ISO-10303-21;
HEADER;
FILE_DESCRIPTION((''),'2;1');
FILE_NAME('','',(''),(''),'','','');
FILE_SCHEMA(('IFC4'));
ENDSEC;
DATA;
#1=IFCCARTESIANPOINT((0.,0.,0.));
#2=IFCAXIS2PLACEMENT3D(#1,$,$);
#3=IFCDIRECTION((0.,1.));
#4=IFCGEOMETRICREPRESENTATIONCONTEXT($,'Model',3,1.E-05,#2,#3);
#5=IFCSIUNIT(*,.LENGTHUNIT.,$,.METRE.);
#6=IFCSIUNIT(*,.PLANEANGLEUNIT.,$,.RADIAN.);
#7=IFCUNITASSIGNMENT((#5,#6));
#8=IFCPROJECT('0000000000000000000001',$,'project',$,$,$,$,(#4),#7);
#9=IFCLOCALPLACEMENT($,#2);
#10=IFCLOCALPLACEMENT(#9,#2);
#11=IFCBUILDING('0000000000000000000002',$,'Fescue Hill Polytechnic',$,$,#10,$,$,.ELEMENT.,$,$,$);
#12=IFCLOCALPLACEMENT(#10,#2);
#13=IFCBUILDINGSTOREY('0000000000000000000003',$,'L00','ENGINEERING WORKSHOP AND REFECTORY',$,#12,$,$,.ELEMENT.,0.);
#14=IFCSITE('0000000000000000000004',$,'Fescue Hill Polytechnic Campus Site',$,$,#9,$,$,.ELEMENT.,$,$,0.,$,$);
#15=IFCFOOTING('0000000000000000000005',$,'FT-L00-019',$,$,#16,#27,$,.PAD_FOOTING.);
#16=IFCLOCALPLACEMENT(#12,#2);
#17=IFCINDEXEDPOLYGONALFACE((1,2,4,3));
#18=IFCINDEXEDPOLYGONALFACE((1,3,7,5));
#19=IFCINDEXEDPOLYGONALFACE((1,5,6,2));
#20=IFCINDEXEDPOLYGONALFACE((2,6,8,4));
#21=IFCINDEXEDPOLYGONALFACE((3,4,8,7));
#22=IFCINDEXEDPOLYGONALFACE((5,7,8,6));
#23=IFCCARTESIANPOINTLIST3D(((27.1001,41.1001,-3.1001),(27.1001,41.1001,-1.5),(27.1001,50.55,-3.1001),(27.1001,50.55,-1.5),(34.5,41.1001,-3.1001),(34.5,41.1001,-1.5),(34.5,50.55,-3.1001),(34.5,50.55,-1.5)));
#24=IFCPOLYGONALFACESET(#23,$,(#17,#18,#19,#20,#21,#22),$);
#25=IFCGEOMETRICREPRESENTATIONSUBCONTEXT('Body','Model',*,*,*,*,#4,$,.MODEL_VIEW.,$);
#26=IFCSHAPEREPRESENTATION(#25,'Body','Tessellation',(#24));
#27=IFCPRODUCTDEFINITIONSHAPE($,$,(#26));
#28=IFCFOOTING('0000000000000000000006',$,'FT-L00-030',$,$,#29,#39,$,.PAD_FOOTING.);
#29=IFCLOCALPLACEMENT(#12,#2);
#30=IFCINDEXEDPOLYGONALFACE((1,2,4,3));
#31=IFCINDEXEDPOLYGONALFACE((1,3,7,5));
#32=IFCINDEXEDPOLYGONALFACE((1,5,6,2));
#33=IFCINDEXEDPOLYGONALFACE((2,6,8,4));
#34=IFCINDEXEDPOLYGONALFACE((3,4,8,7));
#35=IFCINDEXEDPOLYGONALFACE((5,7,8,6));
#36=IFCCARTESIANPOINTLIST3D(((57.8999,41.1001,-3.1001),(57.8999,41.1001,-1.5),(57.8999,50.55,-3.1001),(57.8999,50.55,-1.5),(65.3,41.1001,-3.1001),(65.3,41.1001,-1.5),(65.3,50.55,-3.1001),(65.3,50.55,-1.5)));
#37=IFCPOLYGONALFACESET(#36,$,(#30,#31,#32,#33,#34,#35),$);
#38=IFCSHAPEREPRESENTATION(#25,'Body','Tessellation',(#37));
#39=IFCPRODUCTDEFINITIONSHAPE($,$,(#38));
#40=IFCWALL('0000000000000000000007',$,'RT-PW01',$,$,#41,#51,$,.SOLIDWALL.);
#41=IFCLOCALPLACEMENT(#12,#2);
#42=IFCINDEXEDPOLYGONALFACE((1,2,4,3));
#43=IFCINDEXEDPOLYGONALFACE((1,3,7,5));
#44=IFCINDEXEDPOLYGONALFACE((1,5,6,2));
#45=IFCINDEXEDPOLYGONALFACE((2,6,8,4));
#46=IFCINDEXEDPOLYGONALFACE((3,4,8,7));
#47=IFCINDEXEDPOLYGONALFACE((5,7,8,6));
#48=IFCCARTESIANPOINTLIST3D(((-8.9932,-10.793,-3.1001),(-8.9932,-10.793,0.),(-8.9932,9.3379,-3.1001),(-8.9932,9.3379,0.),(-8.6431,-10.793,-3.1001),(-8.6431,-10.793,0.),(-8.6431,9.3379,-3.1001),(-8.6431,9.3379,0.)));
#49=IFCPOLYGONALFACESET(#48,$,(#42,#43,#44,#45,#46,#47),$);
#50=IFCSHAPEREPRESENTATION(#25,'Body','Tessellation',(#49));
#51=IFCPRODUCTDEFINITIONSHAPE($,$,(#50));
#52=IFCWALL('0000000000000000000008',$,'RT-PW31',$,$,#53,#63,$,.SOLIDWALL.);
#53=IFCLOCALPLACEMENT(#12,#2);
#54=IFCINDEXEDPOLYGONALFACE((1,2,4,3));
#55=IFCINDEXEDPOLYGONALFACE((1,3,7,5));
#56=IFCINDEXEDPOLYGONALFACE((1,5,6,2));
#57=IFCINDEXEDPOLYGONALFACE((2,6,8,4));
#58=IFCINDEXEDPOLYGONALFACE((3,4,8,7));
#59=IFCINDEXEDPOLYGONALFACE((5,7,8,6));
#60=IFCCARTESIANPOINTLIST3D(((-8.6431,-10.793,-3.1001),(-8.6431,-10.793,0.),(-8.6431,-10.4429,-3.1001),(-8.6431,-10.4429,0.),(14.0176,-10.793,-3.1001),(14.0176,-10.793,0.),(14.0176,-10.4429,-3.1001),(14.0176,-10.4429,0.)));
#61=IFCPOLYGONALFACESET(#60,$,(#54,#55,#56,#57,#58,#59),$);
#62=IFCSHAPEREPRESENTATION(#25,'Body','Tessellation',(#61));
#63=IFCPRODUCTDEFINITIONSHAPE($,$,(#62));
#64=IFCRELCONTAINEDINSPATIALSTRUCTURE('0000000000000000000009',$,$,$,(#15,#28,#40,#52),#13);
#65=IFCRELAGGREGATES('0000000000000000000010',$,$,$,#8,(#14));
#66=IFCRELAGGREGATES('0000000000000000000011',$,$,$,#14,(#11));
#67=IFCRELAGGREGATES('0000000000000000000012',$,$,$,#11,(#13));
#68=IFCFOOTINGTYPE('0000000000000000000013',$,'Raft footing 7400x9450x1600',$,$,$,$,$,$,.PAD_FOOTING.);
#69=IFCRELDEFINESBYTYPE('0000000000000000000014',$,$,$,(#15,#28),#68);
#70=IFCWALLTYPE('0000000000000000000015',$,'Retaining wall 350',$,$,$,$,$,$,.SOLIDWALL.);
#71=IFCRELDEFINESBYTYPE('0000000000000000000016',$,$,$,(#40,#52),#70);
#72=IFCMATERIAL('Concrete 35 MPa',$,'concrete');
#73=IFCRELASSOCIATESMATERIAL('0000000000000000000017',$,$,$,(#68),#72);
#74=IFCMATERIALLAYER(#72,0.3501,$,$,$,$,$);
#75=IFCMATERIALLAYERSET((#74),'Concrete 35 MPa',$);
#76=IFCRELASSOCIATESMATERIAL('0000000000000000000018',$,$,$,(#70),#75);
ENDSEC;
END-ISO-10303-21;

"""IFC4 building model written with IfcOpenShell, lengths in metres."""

from ifc_helpers import new_model, si_unit, direction, frame, frame_2d, origin, place, context, subcontext, project, spatial, polyline, rectangle, outline, extrude, material, layer, layer_set, type_object, element, save


model = new_model("IFC4")

# Units and contexts
model_context = context("Model", 3, precision=1e-05, world=origin(), true_north=direction((0.0, 1.0)))
body_context = subcontext(model_context, "Body", "Model", "MODEL_VIEW")
ifc_project = project(units=[si_unit("LENGTHUNIT", "METRE"), si_unit("PLANEANGLEUNIT", "RADIAN")], contexts=[model_context])

# Site, building, storey
site_placement = place(None, origin())
site = spatial("IfcSite", under=ifc_project, at=site_placement, Name="Fescue Hill Polytechnic Campus Site", CompositionType="ELEMENT", RefElevation=0.0)
building_placement = place(site_placement, origin())
building = spatial("IfcBuilding", under=site, at=building_placement, Name="Fescue Hill Polytechnic", CompositionType="ELEMENT")
storey_placement = place(building_placement, origin())
storey = spatial("IfcBuildingStorey", under=building, at=storey_placement, Name="L00", Description="ENGINEERING WORKSHOP AND REFECTORY", CompositionType="ELEMENT", Elevation=0.0)

# Footings
ifc_material = material(Name="Concrete 35 MPa", Category="concrete")
footing_type_1 = type_object("IfcFootingType", Name="Raft footing 7400x9450x1600", PredefinedType="PAD_FOOTING", material=ifc_material)
footing_1_placement = place(storey_placement, frame((0.0, 0.0, -3.1001)))
element("IfcFooting", 1, at=footing_1_placement, inside=storey, type_object=footing_type_1, Name="FT-L00-019", PredefinedType="PAD_FOOTING", context=body_context, shape_type="SweptSolid", body=[
    extrude(outline(polyline([(34.5, 41.1001), (27.1001, 41.1001), (27.1001, 50.55), (34.5, 50.55), (34.5, 41.1001)])), origin(), (0.0, 0.0, 1.0), 1.6001),
])
footing_2_placement = place(storey_placement, frame((0.0, 0.0, -3.1001)))
element("IfcFooting", 2, at=footing_2_placement, inside=storey, type_object=footing_type_1, Name="FT-L00-030", PredefinedType="PAD_FOOTING", context=body_context, shape_type="SweptSolid", body=[
    extrude(outline(polyline([(65.3, 41.1001), (57.8999, 41.1001), (57.8999, 50.55), (65.3, 50.55), (65.3, 41.1001)])), origin(), (0.0, 0.0, 1.0), 1.6001),
])

# Walls
ifc_layer = layer(ifc_material, 0.3501)
ifc_layer_set = layer_set([ifc_layer], Name="Concrete 35 MPa")
wall_type = type_object("IfcWallType", Name="Retaining wall 350", PredefinedType="SOLIDWALL", material=ifc_layer_set)
wall_1_placement = place(storey_placement, frame((-8.8181, -10.793, -3.1001), z_axis=(0.0, 0.0, 1.0), x_axis=(0.0, 1.0, 0.0)))
element("IfcWall", 3, at=wall_1_placement, inside=storey, type_object=wall_type, Name="RT-PW01", PredefinedType="SOLIDWALL", context=body_context, shape_type="SweptSolid", body=[
    extrude(rectangle(XDim=20.1309, YDim=0.3501, at=frame_2d((10.0654, 0.0))), origin(), (0.0, 0.0, 1.0), 3.1001),
])
wall_2_placement = place(storey_placement, frame((-8.6431, -10.6179, -3.1001), z_axis=(0.0, 0.0, 1.0), x_axis=(1.0, 0.0, 0.0)))
element("IfcWall", 4, at=wall_2_placement, inside=storey, type_object=wall_type, Name="RT-PW31", PredefinedType="SOLIDWALL", context=body_context, shape_type="SweptSolid", body=[
    extrude(rectangle(XDim=22.6606, YDim=0.3501, at=frame_2d((11.3303, 0.0))), origin(), (0.0, 0.0, 1.0), 3.1001),
])

save(model, "model.ifc")
